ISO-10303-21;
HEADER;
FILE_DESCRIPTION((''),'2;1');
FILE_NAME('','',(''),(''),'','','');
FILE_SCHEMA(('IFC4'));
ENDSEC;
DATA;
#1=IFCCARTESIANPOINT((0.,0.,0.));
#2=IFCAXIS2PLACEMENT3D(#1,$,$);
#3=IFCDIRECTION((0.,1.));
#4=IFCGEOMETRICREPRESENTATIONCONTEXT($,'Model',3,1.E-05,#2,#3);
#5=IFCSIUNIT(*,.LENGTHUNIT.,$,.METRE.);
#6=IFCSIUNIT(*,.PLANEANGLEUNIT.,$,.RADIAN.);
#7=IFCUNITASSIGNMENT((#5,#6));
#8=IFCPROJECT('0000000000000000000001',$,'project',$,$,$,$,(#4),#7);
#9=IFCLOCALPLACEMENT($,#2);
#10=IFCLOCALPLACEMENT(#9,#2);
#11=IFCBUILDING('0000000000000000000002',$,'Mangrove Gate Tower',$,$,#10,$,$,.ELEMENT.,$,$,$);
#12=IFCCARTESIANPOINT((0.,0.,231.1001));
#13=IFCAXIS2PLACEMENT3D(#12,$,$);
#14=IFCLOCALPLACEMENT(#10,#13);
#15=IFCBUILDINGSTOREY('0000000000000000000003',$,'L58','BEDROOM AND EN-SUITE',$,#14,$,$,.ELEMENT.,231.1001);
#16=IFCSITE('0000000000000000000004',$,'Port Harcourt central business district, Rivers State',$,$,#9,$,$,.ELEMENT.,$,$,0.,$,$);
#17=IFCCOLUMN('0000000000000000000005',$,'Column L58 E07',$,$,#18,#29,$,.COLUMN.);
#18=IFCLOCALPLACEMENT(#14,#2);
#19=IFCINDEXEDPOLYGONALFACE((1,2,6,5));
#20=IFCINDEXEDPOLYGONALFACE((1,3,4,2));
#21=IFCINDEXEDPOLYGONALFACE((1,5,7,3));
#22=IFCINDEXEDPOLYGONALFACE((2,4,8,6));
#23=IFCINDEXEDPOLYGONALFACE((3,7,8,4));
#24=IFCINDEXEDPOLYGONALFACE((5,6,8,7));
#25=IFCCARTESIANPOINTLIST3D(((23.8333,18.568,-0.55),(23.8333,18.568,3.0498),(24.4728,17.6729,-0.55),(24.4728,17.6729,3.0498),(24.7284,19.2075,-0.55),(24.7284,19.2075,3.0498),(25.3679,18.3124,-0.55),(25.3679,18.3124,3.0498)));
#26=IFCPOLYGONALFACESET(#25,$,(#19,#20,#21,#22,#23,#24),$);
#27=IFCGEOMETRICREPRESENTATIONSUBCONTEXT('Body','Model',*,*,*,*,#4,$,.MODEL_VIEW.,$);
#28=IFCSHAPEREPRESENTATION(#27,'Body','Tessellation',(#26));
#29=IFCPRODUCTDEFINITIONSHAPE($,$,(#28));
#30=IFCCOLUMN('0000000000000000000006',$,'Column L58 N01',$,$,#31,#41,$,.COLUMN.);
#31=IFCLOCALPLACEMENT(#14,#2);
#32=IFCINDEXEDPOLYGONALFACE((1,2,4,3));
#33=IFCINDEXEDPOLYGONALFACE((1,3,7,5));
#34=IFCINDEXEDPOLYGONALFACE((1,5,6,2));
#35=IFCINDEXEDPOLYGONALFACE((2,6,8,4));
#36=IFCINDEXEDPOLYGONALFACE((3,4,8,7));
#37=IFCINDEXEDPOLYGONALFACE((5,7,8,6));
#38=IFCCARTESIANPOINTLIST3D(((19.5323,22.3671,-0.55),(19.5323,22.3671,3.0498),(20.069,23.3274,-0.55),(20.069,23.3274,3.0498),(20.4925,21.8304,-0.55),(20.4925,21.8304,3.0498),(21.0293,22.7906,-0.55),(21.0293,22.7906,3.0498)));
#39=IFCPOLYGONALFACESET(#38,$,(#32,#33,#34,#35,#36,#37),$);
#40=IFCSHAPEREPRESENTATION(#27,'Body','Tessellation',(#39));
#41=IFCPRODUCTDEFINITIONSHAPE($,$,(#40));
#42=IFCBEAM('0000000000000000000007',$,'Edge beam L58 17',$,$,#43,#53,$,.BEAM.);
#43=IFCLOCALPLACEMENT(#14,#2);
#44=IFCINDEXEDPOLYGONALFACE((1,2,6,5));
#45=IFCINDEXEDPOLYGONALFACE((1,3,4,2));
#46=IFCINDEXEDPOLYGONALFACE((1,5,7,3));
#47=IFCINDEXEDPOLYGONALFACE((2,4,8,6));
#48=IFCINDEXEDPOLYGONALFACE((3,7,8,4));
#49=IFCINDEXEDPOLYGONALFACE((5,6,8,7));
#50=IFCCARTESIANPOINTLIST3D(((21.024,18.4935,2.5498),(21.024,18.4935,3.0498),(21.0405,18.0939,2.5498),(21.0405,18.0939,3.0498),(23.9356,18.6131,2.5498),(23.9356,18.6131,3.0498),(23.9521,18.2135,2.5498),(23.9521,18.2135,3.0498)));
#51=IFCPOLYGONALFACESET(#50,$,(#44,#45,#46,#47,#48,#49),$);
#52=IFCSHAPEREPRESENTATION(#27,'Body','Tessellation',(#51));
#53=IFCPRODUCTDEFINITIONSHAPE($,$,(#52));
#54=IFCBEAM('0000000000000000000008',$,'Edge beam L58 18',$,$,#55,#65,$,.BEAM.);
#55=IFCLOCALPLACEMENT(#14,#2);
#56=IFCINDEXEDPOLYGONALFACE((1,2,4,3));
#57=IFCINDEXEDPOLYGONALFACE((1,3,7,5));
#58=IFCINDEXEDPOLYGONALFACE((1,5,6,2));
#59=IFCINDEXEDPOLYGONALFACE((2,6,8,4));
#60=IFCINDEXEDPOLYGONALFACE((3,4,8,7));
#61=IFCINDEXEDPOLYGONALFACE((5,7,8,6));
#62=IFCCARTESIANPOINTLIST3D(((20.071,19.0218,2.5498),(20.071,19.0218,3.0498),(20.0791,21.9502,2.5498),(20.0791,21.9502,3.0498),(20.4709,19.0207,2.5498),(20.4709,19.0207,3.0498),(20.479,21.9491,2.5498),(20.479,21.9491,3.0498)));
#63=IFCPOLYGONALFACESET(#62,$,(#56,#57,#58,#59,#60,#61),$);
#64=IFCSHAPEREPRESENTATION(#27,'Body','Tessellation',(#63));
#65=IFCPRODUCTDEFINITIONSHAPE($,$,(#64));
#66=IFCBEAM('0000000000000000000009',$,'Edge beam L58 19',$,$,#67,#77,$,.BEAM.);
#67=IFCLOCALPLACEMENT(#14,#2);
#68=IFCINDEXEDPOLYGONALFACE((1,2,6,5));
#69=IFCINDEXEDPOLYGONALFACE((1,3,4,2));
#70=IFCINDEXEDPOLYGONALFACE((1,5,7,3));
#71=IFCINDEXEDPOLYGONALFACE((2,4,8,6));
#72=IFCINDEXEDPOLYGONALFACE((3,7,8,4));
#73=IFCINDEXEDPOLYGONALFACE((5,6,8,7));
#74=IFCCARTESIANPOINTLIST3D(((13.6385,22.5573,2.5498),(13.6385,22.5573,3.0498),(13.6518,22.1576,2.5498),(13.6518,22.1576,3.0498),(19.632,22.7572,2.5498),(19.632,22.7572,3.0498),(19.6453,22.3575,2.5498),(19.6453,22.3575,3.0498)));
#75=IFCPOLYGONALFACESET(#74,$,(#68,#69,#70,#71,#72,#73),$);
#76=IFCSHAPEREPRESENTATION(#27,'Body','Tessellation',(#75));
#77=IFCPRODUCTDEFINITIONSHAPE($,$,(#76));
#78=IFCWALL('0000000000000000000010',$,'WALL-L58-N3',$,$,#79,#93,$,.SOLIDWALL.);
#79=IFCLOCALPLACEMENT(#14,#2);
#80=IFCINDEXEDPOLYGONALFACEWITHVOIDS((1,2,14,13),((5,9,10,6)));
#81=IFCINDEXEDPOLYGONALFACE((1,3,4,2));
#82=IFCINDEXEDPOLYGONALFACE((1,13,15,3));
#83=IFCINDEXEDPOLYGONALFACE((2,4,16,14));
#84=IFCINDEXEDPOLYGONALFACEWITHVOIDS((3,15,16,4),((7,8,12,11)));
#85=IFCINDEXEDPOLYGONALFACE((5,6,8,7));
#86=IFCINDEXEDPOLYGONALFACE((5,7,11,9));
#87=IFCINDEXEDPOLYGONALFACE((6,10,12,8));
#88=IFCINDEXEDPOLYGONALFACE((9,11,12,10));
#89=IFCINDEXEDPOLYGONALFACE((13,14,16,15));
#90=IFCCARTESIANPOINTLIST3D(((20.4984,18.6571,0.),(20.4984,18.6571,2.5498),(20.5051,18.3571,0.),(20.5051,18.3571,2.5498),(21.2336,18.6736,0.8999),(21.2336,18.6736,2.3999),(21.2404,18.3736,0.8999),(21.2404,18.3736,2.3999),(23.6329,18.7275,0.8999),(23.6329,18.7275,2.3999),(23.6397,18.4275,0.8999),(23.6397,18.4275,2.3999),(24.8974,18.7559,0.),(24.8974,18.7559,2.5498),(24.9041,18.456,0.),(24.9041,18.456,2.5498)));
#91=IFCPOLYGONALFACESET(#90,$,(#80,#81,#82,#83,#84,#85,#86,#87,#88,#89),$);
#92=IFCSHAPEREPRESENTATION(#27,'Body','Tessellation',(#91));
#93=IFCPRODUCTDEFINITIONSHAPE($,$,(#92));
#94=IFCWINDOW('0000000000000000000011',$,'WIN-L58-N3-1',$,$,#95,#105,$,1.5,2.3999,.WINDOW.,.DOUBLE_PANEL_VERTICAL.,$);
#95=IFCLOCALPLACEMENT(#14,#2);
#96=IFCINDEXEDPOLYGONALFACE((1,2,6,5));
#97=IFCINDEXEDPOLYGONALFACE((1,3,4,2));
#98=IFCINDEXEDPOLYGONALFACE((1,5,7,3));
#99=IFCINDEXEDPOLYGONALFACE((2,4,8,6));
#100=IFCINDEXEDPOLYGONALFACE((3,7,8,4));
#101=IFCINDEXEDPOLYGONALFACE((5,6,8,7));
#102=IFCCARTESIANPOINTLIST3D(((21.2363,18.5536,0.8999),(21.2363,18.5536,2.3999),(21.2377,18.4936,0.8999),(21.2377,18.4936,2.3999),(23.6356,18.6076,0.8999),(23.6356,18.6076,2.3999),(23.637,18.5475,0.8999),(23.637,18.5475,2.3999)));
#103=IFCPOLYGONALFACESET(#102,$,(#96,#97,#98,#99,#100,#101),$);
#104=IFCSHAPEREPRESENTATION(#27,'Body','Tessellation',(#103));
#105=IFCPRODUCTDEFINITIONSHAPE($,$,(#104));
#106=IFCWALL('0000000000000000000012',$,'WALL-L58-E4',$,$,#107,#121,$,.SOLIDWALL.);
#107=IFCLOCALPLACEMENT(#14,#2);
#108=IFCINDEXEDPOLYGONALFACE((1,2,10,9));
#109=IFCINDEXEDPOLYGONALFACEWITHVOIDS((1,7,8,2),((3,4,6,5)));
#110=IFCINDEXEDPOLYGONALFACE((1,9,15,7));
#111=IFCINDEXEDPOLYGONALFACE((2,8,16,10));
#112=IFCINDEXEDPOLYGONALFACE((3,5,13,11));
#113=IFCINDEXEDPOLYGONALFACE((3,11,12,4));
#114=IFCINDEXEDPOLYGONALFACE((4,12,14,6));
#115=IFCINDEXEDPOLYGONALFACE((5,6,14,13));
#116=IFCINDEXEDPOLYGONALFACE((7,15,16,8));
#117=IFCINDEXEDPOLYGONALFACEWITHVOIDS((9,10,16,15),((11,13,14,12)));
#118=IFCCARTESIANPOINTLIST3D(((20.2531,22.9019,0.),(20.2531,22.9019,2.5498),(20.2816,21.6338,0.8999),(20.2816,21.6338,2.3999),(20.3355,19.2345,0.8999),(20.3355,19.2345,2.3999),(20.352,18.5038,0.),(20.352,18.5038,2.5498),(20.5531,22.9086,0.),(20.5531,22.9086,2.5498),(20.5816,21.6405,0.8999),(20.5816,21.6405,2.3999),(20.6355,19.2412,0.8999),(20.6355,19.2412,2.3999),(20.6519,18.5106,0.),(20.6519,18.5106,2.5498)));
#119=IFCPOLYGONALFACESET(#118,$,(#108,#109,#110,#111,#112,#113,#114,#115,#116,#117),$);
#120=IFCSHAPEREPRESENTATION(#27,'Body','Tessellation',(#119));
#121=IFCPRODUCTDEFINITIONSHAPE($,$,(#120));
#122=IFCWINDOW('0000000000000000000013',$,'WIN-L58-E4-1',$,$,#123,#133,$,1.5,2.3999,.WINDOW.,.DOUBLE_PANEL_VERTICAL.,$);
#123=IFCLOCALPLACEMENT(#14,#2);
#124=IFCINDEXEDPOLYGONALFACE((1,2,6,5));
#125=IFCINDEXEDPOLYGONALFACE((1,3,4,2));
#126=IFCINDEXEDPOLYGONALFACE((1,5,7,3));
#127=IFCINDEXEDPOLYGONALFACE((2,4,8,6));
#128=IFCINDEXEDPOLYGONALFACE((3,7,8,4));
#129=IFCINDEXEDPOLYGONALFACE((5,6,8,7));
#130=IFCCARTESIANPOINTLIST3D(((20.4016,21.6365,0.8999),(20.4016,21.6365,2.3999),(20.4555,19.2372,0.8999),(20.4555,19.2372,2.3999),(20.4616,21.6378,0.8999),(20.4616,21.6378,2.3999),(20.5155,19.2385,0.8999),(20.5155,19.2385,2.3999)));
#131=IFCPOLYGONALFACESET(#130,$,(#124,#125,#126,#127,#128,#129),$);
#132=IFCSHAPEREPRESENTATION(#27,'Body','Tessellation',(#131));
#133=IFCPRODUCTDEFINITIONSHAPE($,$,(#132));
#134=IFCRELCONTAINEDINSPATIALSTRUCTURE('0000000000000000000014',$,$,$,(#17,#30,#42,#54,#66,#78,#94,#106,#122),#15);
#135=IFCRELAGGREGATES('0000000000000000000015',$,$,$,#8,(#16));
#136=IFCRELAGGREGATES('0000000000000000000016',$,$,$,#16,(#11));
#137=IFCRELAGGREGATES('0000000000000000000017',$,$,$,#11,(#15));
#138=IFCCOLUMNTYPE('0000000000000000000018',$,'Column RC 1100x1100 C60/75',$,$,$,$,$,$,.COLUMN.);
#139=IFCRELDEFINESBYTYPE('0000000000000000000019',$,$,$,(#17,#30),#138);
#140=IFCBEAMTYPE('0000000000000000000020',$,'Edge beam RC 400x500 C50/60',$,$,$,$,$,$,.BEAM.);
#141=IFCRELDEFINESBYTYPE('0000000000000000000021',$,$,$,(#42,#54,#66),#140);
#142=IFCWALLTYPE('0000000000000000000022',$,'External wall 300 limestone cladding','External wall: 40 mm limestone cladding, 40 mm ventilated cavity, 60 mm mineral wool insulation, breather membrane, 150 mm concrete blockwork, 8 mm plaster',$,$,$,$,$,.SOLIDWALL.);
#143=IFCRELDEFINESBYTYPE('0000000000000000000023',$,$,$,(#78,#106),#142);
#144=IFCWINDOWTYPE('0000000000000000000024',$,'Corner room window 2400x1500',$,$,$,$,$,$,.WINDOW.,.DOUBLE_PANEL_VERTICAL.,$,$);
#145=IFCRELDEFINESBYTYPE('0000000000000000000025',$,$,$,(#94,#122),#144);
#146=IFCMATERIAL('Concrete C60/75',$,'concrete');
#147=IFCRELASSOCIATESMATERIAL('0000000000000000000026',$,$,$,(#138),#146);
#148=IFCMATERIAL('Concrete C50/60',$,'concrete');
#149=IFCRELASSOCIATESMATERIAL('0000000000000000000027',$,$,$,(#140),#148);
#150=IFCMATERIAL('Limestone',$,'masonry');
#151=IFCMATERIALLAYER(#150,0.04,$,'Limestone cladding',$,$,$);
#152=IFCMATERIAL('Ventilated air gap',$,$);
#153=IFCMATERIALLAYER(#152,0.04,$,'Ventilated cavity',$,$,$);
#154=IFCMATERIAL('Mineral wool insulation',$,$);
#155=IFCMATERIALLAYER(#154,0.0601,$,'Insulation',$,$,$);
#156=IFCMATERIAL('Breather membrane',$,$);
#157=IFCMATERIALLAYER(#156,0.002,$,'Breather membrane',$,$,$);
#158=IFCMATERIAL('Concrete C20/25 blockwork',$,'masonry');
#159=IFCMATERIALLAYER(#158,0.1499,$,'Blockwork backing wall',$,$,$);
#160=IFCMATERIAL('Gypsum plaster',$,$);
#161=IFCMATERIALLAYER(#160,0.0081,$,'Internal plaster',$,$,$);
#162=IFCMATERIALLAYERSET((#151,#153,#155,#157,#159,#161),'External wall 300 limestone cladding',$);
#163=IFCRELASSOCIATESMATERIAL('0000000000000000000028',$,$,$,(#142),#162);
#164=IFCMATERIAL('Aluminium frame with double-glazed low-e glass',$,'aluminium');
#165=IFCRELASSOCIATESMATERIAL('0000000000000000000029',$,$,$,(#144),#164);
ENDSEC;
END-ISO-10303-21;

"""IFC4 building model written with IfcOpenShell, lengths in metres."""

from ifc_helpers import new_model, si_unit, direction, frame, frame_2d, origin, origin_2d, place, context, subcontext, project, spatial, rectangle, extrude, material, layer, layer_set, material_profile, profile_set, type_object, element, fill, save


model = new_model("IFC4")

# Units and contexts
model_context = context("Model", 3, precision=1e-05, world=origin(), true_north=direction((0.0, 1.0)))
body_context = subcontext(model_context, "Body", "Model", "MODEL_VIEW")
ifc_project = project(units=[si_unit("LENGTHUNIT", "METRE"), si_unit("PLANEANGLEUNIT", "RADIAN")], contexts=[model_context])

# Site, building, storey
site_placement = place(None, origin())
site = spatial("IfcSite", under=ifc_project, at=site_placement, Name="Port Harcourt central business district, Rivers State", CompositionType="ELEMENT", RefElevation=0.0)
building_placement = place(site_placement, origin())
building = spatial("IfcBuilding", under=site, at=building_placement, Name="Mangrove Gate Tower", CompositionType="ELEMENT")
storey_placement = place(building_placement, frame((0.0, 0.0, 231.1001)))
storey = spatial("IfcBuildingStorey", under=building, at=storey_placement, Name="L58", Description="BEDROOM AND EN-SUITE", CompositionType="ELEMENT", Elevation=231.1001)

# Columns
ifc_material_1 = material(Name="Concrete C60/75", Category="concrete")
ifc_material_profile_1 = material_profile(ifc_material_1, rectangle(XDim=1.1001, YDim=1.1001, at=origin_2d()))
ifc_profile_set_1 = profile_set([ifc_material_profile_1], Name="Concrete C60/75")
column_type = type_object("IfcColumnType", Name="Column RC 1100x1100 C60/75", PredefinedType="COLUMN", material=ifc_profile_set_1)
for number, where, z_axis, x_axis, name in (
    (1, (24.6006, 18.4402, -0.55), (0.0, 0.0, 1.0), (-0.581359, 0.813647, 0.0), "Column L58 E07"),
    (2, (20.2808, 22.5789, -0.55), (0.0, 0.0, 1.0), (-0.872897, 0.487904, 0.0), "Column L58 N01"),
):
    element("IfcColumn", number, at=place(storey_placement, frame(where, z_axis=z_axis, x_axis=x_axis)), inside=storey, type_object=column_type, Name=name, PredefinedType="COLUMN", context=body_context, shape_type="SweptSolid", body=[
        extrude(rectangle(XDim=1.1001, YDim=1.1001, at=origin_2d()), origin(), (0.0, 0.0, 1.0), 3.5999),
    ])

# Beams
ifc_material_2 = material(Name="Concrete C50/60", Category="concrete")
ifc_material_profile_2 = material_profile(ifc_material_2, rectangle(XDim=0.3999, YDim=0.5, at=origin_2d()))
ifc_profile_set_2 = profile_set([ifc_material_profile_2], Name="Concrete C50/60")
beam_type = type_object("IfcBeamType", Name="Edge beam RC 400x500 C50/60", PredefinedType="BEAM", material=ifc_profile_set_2)
beam_1_placement = place(storey_placement, frame((23.9438, 18.4133, 2.7998), z_axis=(-0.999157, -0.041052, 0.0), x_axis=(0.041052, -0.999157, 0.0)))
element("IfcBeam", 3, at=beam_1_placement, inside=storey, type_object=beam_type, Name="Edge beam L58 17", PredefinedType="BEAM", context=body_context, shape_type="SweptSolid", body=[
    extrude(rectangle(XDim=0.3999, YDim=0.5, at=origin_2d()), origin(), (0.0, 0.0, 1.0), 2.9141),
])
beam_2_placement = place(storey_placement, frame((20.271, 19.0212, 2.7998), z_axis=(0.002751, 0.999996, 0.0), x_axis=(-0.999996, 0.002751, 0.0)))
element("IfcBeam", 4, at=beam_2_placement, inside=storey, type_object=beam_type, Name="Edge beam L58 18", PredefinedType="BEAM", context=body_context, shape_type="SweptSolid", body=[
    extrude(rectangle(XDim=0.3999, YDim=0.5, at=origin_2d()), origin(), (0.0, 0.0, 1.0), 2.9285),
])
beam_3_placement = place(storey_placement, frame((19.6387, 22.5574, 2.7998), z_axis=(-0.999444, -0.033343, 0.0), x_axis=(0.033343, -0.999444, 0.0)))
element("IfcBeam", 5, at=beam_3_placement, inside=storey, type_object=beam_type, Name="Edge beam L58 19", PredefinedType="BEAM", context=body_context, shape_type="SweptSolid", body=[
    extrude(rectangle(XDim=0.3999, YDim=0.5, at=origin_2d()), origin(), (0.0, 0.0, 1.0), 5.9968),
])

# Walls, openings, windows
ifc_material_3 = material(Name="Limestone", Category="masonry")
ifc_layer_1 = layer(ifc_material_3, 0.04, Name="Limestone cladding")
ifc_material_4 = material(Name="Ventilated air gap")
ifc_layer_2 = layer(ifc_material_4, 0.04, Name="Ventilated cavity")
ifc_material_5 = material(Name="Mineral wool insulation")
ifc_layer_3 = layer(ifc_material_5, 0.0601, Name="Insulation")
ifc_material_6 = material(Name="Breather membrane")
ifc_layer_4 = layer(ifc_material_6, 0.002, Name="Breather membrane")
ifc_material_7 = material(Name="Concrete C20/25 blockwork", Category="masonry")
ifc_layer_5 = layer(ifc_material_7, 0.1499, Name="Blockwork backing wall")
ifc_material_8 = material(Name="Gypsum plaster")
ifc_layer_6 = layer(ifc_material_8, 0.0081, Name="Internal plaster")
ifc_layer_set = layer_set([ifc_layer_1, ifc_layer_2, ifc_layer_3, ifc_layer_4, ifc_layer_5, ifc_layer_6], Name="External wall 300 limestone cladding")
wall_type = type_object("IfcWallType", Name="External wall 300 limestone cladding", Description="External wall: 40 mm limestone cladding, 40 mm ventilated cavity, 60 mm mineral wool insulation, breather membrane, 150 mm concrete blockwork, 8 mm plaster", PredefinedType="SOLIDWALL", material=ifc_layer_set)
wall_1_placement = place(storey_placement, frame((24.9009, 18.606, 0.0), z_axis=(0.0, 0.0, 1.0), x_axis=(-0.999747, -0.022472, 0.0)))
wall_1 = element("IfcWall", 6, at=wall_1_placement, inside=storey, type_object=wall_type, Name="WALL-L58-N3", PredefinedType="SOLIDWALL", context=body_context, shape_type="SweptSolid", body=[
    extrude(rectangle(XDim=4.4001, YDim=0.3, at=frame_2d((2.2002, 0.0))), origin(), (0.0, 0.0, 1.0), 2.5498),
])
opening_1_placement = place(wall_1_placement, frame((1.2649, 0.0, 0.8999)))
opening_1 = element("IfcOpeningElement", 7, at=opening_1_placement, cuts=wall_1, PredefinedType="OPENING", context=body_context, shape_type="SweptSolid", body=[
    extrude(rectangle(XDim=2.3999, YDim=1.5, at=frame_2d((1.2, 0.75))), frame((0.0, 0.1599, 0.0), z_axis=(0.0, -1.0, 0.0), x_axis=(1.0, 0.0, 0.0)), (0.0, 0.0, 1.0), 0.3201),
])
ifc_material_9 = material(Name="Aluminium frame with double-glazed low-e glass", Category="aluminium")
window_type = type_object("IfcWindowType", Name="Corner room window 2400x1500", PartitioningType="DOUBLE_PANEL_VERTICAL", PredefinedType="WINDOW", material=ifc_material_9)
window_1_placement = place(opening_1_placement, origin())
window_1 = element("IfcWindow", 8, at=window_1_placement, inside=storey, type_object=window_type, Name="WIN-L58-N3-1", OverallHeight=1.5, OverallWidth=2.3999, PartitioningType="DOUBLE_PANEL_VERTICAL", PredefinedType="WINDOW", context=body_context, shape_type="SweptSolid", body=[
    extrude(rectangle(XDim=2.3999, YDim=1.5, at=frame_2d((1.2, 0.75))), frame((0.0, 0.03, 0.0), z_axis=(0.0, -1.0, 0.0), x_axis=(1.0, 0.0, 0.0)), (0.0, 0.0, 1.0), 0.0601),
])
fill(opening_1, window_1)
wall_2_placement = place(storey_placement, frame((20.502, 18.5071, 0.0), z_axis=(0.0, 0.0, 1.0), x_axis=(-0.022477, 0.999747, 0.0)))
wall_2 = element("IfcWall", 9, at=wall_2_placement, inside=storey, type_object=wall_type, Name="WALL-L58-E4", PredefinedType="SOLIDWALL", context=body_context, shape_type="SweptSolid", body=[
    extrude(rectangle(XDim=4.3992, YDim=0.3, at=frame_2d((2.1997, 0.0))), origin(), (0.0, 0.0, 1.0), 2.5498),
])
opening_2_placement = place(wall_2_placement, frame((0.731, 0.0, 0.8999)))
opening_2 = element("IfcOpeningElement", 10, at=opening_2_placement, cuts=wall_2, PredefinedType="OPENING", context=body_context, shape_type="SweptSolid", body=[
    extrude(rectangle(XDim=2.3999, YDim=1.5, at=frame_2d((1.2, 0.75))), frame((0.0, 0.1599, 0.0), z_axis=(0.0, -1.0, 0.0), x_axis=(1.0, 0.0, 0.0)), (0.0, 0.0, 1.0), 0.3201),
])
window_2_placement = place(opening_2_placement, origin())
window_2 = element("IfcWindow", 11, at=window_2_placement, inside=storey, type_object=window_type, Name="WIN-L58-E4-1", OverallHeight=1.5, OverallWidth=2.3999, PartitioningType="DOUBLE_PANEL_VERTICAL", PredefinedType="WINDOW", context=body_context, shape_type="SweptSolid", body=[
    extrude(rectangle(XDim=2.3999, YDim=1.5, at=frame_2d((1.2, 0.75))), frame((0.0, 0.03, 0.0), z_axis=(0.0, -1.0, 0.0), x_axis=(1.0, 0.0, 0.0)), (0.0, 0.0, 1.0), 0.0601),
])
fill(opening_2, window_2)

save(model, "model.ifc")
